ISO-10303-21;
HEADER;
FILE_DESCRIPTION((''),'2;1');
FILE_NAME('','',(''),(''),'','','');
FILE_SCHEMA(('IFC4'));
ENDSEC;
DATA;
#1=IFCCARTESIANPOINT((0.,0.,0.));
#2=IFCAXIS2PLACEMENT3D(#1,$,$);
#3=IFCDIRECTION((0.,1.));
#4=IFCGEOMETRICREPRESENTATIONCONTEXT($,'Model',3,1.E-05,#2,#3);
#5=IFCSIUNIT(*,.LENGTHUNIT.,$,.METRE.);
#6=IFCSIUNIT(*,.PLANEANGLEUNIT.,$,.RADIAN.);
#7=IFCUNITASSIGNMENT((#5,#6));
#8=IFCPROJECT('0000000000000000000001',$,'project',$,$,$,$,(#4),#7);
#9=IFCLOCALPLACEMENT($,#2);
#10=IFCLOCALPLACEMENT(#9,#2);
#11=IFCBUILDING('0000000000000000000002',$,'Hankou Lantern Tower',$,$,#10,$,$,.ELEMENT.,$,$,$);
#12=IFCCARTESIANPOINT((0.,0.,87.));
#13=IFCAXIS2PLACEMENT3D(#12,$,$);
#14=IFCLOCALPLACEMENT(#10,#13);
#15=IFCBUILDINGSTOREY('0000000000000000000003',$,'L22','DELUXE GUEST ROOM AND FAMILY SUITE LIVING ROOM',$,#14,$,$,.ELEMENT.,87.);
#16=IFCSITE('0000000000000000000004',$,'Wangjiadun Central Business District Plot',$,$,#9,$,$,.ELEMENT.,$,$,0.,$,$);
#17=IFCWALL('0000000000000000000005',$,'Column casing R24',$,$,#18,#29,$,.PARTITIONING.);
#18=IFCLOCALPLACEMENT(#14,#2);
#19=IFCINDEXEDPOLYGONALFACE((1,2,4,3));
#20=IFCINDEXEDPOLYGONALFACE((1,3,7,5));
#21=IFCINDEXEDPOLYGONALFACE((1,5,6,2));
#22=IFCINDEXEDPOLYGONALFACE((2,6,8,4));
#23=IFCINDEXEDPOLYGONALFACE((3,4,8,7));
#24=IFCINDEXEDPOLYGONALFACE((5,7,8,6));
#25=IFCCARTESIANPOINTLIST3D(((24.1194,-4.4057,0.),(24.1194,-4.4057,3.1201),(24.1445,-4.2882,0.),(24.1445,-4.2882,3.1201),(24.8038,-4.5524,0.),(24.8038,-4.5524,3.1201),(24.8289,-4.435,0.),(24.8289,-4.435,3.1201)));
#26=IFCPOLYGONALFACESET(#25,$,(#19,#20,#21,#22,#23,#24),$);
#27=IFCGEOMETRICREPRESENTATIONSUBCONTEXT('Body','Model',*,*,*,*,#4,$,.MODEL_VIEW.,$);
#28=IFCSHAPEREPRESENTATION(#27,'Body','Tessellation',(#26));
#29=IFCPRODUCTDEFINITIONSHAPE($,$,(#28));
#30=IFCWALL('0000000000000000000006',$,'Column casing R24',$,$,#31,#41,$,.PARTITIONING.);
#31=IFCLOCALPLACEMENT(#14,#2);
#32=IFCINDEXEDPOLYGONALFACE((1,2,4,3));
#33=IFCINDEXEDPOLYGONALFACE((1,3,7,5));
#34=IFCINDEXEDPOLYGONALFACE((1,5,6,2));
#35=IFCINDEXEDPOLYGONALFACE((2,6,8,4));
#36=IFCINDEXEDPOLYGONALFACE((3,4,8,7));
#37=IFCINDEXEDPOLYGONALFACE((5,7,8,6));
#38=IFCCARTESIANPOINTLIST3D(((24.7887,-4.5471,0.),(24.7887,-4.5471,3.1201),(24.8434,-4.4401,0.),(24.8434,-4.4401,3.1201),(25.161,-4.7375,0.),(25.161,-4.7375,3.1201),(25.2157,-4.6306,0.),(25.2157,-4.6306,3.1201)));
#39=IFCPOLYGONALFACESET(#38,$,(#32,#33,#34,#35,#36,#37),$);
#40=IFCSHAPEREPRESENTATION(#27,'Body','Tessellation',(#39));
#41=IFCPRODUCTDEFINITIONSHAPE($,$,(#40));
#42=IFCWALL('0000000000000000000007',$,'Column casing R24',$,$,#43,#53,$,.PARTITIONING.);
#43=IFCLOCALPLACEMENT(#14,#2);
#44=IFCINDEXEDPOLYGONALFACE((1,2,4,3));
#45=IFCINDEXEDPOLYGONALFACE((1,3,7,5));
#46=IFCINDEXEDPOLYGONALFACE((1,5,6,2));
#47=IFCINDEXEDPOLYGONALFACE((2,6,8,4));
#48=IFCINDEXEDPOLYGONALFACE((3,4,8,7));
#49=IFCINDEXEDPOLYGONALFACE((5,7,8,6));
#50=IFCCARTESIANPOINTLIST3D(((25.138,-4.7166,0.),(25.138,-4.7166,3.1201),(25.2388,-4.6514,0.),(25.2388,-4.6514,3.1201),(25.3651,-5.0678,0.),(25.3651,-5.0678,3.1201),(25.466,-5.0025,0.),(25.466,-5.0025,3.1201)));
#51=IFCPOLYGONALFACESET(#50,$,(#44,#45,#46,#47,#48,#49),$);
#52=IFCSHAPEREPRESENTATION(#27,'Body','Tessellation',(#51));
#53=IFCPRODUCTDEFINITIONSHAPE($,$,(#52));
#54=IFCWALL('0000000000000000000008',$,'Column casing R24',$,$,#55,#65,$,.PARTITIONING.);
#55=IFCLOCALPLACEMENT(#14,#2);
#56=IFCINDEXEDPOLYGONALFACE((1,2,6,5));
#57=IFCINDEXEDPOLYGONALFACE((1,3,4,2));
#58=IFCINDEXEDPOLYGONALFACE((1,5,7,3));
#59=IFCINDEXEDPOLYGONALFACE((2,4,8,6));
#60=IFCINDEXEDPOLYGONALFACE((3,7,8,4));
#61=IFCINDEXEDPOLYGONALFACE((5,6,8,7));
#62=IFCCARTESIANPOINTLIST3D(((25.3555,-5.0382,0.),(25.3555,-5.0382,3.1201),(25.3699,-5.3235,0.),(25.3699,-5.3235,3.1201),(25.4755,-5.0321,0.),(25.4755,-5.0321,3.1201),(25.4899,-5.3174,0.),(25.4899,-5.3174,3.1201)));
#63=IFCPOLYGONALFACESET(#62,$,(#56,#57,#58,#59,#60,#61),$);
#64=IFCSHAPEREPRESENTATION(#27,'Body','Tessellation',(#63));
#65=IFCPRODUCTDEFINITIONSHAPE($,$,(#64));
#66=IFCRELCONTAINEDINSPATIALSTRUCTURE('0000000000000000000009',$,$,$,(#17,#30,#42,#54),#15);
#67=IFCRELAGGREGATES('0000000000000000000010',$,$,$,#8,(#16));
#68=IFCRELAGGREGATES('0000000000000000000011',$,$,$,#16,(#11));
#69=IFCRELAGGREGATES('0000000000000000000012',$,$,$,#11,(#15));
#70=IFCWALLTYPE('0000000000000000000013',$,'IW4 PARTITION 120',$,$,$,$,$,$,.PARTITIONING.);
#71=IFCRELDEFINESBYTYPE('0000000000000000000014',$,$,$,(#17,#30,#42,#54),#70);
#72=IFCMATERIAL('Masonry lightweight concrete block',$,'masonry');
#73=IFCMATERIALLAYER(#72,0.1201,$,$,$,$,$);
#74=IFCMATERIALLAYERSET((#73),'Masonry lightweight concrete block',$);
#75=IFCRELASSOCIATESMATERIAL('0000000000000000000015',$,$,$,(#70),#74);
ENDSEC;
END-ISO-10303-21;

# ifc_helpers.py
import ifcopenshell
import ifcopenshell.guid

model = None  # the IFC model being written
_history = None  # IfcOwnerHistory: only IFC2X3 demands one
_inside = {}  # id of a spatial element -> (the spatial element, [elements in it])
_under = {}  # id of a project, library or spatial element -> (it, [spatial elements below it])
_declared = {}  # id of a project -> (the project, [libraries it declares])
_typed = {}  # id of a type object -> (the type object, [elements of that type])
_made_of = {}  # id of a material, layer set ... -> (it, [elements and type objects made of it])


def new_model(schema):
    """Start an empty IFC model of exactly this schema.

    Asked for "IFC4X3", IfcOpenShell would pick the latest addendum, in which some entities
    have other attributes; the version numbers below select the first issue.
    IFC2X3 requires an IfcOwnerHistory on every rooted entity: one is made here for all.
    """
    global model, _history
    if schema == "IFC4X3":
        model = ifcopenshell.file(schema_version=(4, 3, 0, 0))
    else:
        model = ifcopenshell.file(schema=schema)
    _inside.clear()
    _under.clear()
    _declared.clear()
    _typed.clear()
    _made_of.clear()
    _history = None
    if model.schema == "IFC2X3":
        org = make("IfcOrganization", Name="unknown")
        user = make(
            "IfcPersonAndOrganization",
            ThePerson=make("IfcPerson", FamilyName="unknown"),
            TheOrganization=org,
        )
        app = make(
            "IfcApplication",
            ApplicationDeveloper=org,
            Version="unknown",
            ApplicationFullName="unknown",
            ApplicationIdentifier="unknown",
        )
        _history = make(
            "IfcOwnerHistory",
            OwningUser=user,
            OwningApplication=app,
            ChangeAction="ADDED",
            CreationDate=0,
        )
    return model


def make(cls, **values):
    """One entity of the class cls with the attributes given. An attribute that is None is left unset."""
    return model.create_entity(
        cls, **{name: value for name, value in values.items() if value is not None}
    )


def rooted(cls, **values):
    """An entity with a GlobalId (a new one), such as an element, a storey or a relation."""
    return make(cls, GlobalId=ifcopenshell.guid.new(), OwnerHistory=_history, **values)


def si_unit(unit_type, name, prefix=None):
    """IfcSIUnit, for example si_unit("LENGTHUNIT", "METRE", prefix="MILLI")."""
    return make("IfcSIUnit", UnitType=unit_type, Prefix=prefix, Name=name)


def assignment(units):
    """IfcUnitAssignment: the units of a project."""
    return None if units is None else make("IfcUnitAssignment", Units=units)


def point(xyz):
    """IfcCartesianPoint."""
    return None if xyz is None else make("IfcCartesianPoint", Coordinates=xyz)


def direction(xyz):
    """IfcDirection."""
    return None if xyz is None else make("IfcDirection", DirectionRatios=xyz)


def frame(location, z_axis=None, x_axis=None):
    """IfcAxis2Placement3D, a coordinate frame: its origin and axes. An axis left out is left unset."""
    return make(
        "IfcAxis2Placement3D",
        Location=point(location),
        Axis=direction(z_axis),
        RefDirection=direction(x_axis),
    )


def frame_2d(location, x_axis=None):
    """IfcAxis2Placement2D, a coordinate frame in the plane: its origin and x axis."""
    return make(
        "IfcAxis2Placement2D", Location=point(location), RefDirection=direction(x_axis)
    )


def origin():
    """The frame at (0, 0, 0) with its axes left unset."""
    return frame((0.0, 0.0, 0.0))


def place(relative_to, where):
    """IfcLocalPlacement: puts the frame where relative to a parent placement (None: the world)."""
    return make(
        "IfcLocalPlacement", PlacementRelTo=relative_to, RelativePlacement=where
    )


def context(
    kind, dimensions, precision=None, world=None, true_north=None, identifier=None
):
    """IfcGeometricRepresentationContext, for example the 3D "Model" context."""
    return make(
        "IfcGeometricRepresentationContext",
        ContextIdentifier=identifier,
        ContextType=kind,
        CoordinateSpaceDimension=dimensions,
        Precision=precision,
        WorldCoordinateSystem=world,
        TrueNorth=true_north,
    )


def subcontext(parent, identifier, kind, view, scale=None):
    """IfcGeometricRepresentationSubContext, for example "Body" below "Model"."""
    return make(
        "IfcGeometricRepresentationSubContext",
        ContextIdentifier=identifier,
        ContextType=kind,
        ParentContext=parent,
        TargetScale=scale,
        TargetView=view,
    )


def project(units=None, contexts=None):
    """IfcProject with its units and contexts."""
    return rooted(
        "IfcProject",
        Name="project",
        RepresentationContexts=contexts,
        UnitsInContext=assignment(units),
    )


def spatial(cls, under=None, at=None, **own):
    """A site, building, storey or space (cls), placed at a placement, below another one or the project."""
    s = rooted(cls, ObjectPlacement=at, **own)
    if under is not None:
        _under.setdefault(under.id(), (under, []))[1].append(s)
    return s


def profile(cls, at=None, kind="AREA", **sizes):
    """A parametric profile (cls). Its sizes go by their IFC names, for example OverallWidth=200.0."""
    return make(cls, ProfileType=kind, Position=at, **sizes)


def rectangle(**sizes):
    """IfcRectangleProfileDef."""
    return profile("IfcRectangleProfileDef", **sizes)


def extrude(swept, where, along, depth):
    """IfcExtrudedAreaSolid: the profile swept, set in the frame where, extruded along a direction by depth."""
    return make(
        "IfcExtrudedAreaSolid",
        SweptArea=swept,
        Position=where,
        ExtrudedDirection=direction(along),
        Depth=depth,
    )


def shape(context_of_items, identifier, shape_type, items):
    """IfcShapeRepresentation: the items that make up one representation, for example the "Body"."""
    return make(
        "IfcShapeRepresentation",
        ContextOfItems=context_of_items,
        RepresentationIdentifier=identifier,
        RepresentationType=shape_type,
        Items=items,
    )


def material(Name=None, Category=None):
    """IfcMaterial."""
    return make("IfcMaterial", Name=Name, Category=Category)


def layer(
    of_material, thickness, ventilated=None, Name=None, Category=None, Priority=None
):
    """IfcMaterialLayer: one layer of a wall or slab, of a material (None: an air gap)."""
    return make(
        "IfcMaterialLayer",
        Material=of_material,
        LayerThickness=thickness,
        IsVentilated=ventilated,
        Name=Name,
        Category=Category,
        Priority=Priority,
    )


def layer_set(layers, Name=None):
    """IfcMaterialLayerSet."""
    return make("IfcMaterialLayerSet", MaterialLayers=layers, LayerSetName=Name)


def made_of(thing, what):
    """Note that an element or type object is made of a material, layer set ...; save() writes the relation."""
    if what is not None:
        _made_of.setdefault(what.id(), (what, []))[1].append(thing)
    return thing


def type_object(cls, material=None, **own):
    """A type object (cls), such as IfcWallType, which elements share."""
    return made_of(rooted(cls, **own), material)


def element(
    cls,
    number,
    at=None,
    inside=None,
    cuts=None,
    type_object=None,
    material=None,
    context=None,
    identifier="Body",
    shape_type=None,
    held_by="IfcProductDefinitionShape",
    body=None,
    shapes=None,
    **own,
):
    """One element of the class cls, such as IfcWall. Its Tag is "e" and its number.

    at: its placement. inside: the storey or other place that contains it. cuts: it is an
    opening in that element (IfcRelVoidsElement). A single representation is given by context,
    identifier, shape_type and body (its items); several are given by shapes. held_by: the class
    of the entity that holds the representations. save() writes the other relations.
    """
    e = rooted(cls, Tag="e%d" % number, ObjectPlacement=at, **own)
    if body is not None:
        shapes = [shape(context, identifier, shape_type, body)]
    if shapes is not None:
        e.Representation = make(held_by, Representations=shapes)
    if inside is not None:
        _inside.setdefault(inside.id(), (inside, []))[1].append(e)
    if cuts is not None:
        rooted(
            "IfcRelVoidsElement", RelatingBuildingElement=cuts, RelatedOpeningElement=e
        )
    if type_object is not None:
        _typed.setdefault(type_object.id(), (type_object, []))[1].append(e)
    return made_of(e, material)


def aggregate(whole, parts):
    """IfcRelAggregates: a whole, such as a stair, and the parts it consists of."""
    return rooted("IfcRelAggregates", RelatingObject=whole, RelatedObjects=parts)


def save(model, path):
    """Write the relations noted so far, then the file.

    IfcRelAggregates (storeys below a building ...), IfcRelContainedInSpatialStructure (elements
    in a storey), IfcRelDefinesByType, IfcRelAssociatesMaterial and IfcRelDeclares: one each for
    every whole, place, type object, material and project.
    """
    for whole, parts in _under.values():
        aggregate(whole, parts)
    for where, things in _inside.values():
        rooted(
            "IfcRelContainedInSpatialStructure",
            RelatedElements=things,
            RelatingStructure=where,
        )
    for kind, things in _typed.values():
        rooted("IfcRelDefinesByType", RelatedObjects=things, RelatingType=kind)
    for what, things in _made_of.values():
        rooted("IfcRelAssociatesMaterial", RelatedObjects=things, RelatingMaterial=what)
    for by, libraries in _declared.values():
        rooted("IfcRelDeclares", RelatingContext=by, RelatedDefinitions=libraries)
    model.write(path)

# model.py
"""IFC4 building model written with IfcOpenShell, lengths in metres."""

from ifc_helpers import new_model, si_unit, direction, frame, frame_2d, origin, place, context, subcontext, project, spatial, rectangle, extrude, material, layer, layer_set, type_object, element, save


model = new_model("IFC4")

# Units and contexts
model_context = context("Model", 3, precision=1e-05, world=origin(), true_north=direction((0.0, 1.0)))
body_context = subcontext(model_context, "Body", "Model", "MODEL_VIEW")
ifc_project = project(units=[si_unit("LENGTHUNIT", "METRE"), si_unit("PLANEANGLEUNIT", "RADIAN")], contexts=[model_context])

# Site, building, storey
site_placement = place(None, origin())
site = spatial("IfcSite", under=ifc_project, at=site_placement, Name="Wangjiadun Central Business District Plot", CompositionType="ELEMENT", RefElevation=0.0)
building_placement = place(site_placement, origin())
building = spatial("IfcBuilding", under=site, at=building_placement, Name="Hankou Lantern Tower", CompositionType="ELEMENT")
storey_placement = place(building_placement, frame((0.0, 0.0, 87.0)))
storey = spatial("IfcBuildingStorey", under=building, at=storey_placement, Name="L22", Description="DELUXE GUEST ROOM AND FAMILY SUITE LIVING ROOM", CompositionType="ELEMENT", Elevation=87.0)

# Walls
ifc_material_1 = material(Name="Masonry lightweight concrete block", Category="masonry")
ifc_layer_1 = layer(ifc_material_1, 0.1201)
ifc_layer_set_1 = layer_set([ifc_layer_1], Name="Masonry lightweight concrete block")
wall_type_1 = type_object("IfcWallType", Name="IW4 PARTITION 120", PredefinedType="PARTITIONING", material=ifc_layer_set_1)
wall_1_placement = place(storey_placement, frame((24.1318, -4.3469, 0.0), z_axis=(0.0, 0.0, 1.0), x_axis=(0.977777, -0.209648, 0.0)))
element("IfcWall", 1, at=wall_1_placement, inside=storey, type_object=wall_type_1, Name="Column casing R24", PredefinedType="PARTITIONING", context=body_context, shape_type="SweptSolid", body=[
    extrude(rectangle(XDim=0.7, YDim=0.1201, at=frame_2d((0.3501, 0.0))), origin(), (0.0, 0.0, 1.0), 3.1201),
])
for number, where, z_axis, x_axis, name in (
    (2, (24.8162, -4.4937, 0.0), (0.0, 0.0, 1.0), (0.890303, -0.455368, 0.0), "Column casing R24"),
    (3, (25.1885, -4.6841, 0.0), (0.0, 0.0, 1.0), (0.543058, -0.839695, 0.0), "Column casing R24"),
):
    element("IfcWall", number, at=place(storey_placement, frame(where, z_axis=z_axis, x_axis=x_axis)), inside=storey, type_object=wall_type_1, Name=name, PredefinedType="PARTITIONING", context=body_context, shape_type="SweptSolid", body=[
        extrude(rectangle(XDim=0.4182, YDim=0.1201, at=frame_2d((0.209, 0.0))), origin(), (0.0, 0.0, 1.0), 3.1201),
    ])
wall_2_placement = place(storey_placement, frame((25.4155, -5.0352, 0.0), z_axis=(0.0, 0.0, 1.0), x_axis=(0.050406, -0.998729, 0.0)))
element("IfcWall", 4, at=wall_2_placement, inside=storey, type_object=wall_type_1, Name="Column casing R24", PredefinedType="PARTITIONING", context=body_context, shape_type="SweptSolid", body=[
    extrude(rectangle(XDim=0.2856, YDim=0.1201, at=frame_2d((0.1428, 0.0))), origin(), (0.0, 0.0, 1.0), 3.1201),
])

save(model, "model.ifc")
